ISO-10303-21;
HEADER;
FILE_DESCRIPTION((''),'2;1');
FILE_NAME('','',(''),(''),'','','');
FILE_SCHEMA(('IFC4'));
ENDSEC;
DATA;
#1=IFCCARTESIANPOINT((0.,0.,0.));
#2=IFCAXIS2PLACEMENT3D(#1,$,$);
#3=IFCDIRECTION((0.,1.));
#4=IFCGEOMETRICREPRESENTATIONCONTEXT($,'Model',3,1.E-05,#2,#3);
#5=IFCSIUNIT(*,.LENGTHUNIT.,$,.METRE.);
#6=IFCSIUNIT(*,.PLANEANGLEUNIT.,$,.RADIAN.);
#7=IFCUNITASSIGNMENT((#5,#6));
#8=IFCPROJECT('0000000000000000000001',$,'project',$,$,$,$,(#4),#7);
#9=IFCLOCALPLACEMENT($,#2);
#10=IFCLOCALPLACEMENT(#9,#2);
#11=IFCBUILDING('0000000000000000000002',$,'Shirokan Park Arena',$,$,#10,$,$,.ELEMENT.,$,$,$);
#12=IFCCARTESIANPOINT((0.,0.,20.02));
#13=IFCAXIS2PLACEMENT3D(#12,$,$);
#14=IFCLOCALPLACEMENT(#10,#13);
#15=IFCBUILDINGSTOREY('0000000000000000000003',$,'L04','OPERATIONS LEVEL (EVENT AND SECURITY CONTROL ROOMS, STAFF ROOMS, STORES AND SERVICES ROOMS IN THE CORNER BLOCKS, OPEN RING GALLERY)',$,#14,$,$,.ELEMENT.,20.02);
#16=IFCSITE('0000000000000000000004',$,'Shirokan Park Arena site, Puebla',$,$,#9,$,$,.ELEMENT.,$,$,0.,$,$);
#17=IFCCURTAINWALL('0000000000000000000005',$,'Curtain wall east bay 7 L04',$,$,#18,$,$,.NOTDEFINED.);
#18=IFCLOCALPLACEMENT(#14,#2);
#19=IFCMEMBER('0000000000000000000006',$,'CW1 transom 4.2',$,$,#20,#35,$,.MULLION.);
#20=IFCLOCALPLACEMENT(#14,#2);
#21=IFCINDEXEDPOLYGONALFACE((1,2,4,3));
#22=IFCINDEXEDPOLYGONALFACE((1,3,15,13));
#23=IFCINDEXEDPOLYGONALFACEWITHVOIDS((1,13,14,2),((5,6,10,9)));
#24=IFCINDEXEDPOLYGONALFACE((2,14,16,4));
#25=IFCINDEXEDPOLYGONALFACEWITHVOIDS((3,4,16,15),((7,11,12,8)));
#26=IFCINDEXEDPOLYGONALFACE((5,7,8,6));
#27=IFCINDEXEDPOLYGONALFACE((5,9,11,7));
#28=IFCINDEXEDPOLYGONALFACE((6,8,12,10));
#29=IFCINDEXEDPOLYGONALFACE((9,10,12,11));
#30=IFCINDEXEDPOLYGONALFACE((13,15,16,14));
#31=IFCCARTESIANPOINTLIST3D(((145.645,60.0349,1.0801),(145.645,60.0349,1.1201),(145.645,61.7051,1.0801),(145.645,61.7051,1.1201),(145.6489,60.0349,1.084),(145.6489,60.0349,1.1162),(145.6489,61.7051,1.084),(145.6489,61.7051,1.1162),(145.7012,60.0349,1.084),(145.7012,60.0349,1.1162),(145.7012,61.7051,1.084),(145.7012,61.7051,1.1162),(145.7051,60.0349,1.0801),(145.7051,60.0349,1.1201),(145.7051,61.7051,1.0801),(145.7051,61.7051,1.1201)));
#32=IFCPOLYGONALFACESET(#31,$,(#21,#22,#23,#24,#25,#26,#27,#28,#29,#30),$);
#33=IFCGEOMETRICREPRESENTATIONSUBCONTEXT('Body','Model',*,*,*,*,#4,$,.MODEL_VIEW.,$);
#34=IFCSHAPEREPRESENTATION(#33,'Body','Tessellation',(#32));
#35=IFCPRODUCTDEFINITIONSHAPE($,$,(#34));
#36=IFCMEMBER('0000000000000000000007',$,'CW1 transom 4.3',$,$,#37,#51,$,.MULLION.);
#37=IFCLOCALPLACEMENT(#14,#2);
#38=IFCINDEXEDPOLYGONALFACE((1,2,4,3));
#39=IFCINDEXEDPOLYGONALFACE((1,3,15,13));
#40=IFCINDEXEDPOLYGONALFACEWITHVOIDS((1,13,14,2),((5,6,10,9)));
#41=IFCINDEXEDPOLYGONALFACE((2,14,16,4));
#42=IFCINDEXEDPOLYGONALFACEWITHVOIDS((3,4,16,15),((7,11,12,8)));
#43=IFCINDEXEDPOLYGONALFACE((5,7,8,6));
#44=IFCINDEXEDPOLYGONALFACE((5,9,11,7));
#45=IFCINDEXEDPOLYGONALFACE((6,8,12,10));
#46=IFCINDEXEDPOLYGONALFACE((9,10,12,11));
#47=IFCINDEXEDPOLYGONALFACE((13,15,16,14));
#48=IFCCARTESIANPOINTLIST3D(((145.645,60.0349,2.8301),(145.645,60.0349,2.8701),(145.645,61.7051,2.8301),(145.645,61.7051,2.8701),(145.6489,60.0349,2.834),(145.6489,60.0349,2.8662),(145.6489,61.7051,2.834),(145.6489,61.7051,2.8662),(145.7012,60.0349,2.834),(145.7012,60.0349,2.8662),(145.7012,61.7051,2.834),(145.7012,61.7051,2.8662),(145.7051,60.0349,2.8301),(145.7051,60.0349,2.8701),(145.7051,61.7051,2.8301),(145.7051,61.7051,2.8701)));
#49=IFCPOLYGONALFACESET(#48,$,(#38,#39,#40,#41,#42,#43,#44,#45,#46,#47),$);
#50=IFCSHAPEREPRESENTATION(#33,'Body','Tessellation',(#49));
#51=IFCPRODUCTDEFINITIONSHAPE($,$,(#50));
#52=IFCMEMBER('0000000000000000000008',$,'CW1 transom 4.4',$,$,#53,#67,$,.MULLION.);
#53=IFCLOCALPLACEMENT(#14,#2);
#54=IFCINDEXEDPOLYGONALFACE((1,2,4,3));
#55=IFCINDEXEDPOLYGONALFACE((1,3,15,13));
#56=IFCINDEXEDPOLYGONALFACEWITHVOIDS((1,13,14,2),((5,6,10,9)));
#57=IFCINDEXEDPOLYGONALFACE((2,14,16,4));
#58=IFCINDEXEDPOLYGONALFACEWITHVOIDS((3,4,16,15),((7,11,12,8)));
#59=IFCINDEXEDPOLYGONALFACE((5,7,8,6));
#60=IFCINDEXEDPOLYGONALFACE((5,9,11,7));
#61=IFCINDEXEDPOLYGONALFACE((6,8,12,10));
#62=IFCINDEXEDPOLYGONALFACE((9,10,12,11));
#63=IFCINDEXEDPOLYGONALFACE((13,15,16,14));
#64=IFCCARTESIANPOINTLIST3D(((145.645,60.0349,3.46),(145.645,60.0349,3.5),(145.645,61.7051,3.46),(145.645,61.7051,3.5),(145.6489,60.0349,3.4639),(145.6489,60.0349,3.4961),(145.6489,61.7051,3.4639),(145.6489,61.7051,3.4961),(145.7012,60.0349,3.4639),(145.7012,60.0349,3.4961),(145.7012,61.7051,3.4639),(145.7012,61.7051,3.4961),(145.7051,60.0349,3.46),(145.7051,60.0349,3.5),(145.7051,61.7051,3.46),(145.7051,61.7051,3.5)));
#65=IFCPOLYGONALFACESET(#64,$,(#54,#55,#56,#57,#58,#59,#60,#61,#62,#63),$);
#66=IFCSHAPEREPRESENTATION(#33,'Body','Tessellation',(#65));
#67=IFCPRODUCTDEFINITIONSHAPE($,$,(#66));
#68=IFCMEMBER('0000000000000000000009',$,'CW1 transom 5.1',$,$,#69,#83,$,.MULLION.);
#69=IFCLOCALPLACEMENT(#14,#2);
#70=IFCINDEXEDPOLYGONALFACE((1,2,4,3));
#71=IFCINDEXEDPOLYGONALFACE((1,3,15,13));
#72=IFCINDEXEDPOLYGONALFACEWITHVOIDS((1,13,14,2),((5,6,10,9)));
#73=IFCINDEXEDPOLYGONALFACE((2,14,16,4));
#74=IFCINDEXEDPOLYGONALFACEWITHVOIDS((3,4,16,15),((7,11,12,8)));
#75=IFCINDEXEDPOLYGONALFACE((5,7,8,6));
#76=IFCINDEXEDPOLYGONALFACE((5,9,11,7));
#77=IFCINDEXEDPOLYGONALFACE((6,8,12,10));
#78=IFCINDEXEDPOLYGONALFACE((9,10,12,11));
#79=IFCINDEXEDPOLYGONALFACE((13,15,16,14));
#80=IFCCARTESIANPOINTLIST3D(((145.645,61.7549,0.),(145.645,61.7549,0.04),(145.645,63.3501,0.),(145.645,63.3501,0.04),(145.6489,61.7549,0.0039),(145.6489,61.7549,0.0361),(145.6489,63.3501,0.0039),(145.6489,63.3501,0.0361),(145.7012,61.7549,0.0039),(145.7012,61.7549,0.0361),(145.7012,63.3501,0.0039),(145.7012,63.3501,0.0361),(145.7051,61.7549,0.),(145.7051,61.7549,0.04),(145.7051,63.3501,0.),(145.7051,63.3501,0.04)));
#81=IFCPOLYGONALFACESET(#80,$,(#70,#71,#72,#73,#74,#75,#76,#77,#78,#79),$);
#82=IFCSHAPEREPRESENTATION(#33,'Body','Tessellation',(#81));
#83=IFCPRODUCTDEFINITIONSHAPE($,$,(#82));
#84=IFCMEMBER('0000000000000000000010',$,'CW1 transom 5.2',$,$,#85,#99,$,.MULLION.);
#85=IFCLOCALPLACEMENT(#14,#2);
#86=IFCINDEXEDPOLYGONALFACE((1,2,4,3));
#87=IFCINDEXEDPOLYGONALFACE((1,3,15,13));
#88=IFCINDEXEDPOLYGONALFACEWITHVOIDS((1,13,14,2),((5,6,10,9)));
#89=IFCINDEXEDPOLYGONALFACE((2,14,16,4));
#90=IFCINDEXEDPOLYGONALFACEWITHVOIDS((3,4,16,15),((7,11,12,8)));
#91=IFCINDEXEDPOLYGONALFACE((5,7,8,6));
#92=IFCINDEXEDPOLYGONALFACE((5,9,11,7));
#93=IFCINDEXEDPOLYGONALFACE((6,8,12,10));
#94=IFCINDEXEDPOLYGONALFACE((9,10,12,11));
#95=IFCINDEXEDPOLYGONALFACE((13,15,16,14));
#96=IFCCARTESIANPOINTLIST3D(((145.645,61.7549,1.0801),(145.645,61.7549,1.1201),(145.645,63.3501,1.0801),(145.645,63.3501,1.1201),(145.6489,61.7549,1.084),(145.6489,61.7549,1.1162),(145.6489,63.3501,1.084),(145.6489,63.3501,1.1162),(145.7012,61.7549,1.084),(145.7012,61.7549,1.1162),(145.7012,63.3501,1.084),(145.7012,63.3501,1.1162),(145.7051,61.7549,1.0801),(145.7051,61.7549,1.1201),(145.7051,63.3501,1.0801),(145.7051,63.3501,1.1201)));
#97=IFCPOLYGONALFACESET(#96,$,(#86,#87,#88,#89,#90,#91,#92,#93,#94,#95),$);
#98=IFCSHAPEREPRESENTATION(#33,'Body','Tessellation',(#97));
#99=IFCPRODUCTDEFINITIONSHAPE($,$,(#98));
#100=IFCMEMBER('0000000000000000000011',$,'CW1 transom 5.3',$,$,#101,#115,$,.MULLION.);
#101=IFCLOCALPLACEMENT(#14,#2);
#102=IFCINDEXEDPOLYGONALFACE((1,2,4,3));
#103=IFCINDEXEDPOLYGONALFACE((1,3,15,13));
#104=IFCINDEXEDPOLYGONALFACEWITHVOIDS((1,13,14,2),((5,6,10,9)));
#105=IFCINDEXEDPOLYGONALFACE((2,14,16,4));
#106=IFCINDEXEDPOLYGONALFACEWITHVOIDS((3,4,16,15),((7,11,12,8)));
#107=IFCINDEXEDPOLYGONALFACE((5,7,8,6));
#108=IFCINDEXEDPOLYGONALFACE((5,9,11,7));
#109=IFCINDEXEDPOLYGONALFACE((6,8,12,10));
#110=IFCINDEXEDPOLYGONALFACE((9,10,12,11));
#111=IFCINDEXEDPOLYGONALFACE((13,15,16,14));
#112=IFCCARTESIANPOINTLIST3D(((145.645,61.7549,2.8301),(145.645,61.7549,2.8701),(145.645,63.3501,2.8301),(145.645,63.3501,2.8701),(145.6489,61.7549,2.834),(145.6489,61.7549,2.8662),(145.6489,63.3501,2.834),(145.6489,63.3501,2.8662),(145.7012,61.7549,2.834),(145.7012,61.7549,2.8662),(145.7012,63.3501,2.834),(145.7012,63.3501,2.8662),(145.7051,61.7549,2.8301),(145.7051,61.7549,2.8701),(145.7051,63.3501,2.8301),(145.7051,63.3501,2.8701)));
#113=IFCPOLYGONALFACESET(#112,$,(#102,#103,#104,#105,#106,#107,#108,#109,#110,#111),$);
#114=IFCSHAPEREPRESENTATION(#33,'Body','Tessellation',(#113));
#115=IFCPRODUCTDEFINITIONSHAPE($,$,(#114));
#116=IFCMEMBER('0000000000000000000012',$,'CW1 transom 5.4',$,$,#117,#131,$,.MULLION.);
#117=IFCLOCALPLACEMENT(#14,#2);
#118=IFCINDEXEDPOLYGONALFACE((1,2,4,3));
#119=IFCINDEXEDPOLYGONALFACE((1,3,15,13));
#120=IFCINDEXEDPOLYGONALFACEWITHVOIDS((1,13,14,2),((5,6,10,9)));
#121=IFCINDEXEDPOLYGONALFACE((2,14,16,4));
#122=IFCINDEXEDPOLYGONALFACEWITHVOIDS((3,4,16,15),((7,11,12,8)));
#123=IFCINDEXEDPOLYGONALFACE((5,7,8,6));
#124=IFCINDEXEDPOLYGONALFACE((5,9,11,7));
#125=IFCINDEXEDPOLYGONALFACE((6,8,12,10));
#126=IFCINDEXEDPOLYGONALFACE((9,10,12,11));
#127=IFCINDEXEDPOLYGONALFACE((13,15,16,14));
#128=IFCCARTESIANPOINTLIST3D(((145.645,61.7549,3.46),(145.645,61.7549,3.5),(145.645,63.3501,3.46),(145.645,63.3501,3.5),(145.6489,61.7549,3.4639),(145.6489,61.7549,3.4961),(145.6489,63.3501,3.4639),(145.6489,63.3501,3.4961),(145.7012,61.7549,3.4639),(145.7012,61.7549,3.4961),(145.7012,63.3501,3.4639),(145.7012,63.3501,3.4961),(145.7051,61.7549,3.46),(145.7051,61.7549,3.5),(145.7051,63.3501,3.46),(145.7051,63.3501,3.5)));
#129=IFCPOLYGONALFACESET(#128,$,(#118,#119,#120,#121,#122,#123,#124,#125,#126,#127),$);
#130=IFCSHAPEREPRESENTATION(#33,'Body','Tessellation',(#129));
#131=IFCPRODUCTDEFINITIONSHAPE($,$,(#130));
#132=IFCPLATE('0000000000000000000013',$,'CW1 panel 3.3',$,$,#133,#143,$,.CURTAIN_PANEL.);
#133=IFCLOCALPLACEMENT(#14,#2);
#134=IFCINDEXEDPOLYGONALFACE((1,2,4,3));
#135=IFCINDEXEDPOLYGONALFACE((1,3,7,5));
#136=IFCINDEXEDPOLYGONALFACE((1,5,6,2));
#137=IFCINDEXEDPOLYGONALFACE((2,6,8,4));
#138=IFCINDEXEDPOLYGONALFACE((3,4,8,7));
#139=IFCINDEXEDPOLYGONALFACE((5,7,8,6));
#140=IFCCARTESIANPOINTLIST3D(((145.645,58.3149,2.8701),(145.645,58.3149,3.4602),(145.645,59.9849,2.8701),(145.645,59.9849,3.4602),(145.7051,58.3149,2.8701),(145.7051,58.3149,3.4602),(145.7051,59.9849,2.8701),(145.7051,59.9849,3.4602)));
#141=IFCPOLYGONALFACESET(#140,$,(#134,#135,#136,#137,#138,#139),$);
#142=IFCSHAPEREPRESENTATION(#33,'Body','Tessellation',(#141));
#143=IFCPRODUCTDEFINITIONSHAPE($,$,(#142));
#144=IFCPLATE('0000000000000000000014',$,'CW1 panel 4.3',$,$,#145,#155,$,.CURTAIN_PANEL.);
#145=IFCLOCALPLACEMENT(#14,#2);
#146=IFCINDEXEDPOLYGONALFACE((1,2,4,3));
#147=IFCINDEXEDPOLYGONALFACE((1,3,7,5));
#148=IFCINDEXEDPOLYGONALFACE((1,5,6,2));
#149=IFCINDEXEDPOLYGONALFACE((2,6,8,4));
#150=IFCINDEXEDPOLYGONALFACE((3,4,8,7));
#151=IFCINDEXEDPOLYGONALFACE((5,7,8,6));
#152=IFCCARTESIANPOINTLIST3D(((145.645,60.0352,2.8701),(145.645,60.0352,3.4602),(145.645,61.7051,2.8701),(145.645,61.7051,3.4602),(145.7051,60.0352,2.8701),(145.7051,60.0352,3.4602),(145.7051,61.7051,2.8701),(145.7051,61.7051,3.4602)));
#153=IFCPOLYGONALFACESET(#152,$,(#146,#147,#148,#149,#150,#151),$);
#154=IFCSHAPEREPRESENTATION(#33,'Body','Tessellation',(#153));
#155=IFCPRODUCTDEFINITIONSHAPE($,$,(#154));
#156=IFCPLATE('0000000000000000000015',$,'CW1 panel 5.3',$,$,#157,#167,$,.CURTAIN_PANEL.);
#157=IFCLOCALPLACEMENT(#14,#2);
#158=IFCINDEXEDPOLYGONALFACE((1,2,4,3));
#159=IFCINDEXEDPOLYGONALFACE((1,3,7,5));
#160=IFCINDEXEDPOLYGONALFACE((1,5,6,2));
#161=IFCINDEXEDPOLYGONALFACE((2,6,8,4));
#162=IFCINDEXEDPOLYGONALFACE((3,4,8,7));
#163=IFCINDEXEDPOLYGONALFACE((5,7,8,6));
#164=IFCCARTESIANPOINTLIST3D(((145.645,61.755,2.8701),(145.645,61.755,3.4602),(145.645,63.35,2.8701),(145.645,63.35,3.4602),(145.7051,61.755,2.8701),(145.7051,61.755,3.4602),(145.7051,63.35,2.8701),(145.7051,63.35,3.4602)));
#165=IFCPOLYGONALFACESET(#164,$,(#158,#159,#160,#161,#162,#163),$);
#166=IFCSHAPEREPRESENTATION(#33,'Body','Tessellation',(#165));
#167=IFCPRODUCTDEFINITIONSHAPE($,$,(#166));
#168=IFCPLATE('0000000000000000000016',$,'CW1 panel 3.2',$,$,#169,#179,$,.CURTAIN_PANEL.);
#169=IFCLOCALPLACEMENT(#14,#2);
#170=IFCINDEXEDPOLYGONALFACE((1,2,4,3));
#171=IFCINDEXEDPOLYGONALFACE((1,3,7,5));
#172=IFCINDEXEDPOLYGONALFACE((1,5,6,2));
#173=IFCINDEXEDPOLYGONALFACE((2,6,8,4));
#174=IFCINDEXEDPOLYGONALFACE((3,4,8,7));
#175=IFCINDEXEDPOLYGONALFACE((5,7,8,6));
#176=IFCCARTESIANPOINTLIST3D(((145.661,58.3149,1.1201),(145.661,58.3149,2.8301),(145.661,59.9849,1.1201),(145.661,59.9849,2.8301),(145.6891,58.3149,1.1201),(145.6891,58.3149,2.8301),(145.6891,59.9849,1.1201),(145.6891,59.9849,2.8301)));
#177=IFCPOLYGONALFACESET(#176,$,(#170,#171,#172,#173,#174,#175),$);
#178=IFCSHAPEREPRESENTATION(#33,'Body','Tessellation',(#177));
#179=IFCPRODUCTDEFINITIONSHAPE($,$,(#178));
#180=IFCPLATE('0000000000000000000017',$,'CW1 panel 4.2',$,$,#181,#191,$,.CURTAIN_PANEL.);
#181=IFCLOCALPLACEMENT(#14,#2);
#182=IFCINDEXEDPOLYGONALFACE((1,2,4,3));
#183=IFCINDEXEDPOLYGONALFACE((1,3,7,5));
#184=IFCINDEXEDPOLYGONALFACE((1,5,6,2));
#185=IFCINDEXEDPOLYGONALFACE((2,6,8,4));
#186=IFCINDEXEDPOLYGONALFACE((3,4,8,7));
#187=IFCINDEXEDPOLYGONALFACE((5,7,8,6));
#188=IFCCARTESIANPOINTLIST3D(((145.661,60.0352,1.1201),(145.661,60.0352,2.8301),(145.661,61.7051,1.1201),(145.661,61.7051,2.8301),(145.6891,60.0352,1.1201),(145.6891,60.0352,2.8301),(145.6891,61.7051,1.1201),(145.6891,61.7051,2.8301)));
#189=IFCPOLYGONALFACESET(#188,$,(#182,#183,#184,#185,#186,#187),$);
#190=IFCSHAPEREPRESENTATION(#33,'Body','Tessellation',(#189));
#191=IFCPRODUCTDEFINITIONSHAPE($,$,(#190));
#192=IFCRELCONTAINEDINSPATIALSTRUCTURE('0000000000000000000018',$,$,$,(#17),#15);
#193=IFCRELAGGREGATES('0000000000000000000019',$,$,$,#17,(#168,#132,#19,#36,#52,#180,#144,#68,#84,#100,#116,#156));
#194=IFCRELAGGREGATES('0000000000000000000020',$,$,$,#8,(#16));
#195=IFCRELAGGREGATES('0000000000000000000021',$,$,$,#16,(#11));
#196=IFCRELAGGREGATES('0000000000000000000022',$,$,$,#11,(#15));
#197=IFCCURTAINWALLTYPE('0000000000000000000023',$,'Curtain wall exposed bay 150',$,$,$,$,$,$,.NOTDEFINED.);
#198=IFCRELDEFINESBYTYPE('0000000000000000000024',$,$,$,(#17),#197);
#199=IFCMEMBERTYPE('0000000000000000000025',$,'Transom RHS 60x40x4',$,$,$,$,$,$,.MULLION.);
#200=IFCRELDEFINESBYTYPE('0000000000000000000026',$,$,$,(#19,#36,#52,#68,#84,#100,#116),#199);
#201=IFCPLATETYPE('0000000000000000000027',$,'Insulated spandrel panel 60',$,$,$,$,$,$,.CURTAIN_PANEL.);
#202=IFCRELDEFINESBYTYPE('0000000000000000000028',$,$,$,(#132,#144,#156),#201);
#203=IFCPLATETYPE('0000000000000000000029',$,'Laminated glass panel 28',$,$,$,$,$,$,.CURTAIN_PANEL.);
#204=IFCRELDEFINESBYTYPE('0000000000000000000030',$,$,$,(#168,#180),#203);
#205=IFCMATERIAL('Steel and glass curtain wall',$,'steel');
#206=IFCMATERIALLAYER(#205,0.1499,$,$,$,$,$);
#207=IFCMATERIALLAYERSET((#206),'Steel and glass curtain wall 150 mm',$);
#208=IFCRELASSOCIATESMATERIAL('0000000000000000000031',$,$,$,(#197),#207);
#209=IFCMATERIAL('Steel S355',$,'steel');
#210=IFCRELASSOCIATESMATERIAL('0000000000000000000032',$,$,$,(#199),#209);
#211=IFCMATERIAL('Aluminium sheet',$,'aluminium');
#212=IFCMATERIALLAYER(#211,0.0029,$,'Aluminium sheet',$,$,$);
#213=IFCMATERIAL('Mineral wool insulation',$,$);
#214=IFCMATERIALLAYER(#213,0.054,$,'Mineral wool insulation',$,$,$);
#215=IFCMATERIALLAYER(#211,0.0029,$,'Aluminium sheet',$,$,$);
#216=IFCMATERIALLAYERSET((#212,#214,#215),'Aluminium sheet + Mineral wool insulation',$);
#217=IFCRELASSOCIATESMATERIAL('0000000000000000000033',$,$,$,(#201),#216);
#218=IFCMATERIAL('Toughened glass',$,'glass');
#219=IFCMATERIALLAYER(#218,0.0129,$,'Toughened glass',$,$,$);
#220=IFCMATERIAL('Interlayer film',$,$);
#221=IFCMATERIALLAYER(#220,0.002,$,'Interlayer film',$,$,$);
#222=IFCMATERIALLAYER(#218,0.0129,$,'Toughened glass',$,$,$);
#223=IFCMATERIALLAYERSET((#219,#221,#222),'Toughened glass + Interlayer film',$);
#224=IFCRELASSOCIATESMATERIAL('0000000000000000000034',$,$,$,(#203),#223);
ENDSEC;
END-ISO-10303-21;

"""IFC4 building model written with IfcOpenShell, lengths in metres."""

from ifc_helpers import new_model, si_unit, direction, frame, origin, origin_2d, place, context, subcontext, project, spatial, rectangle, hollow_rectangle, extrude, material, layer, layer_set, material_profile, profile_set, type_object, element, aggregate, save


model = new_model("IFC4")

# Units and contexts
model_context = context("Model", 3, precision=1e-05, world=origin(), true_north=direction((0.0, 1.0)))
body_context = subcontext(model_context, "Body", "Model", "MODEL_VIEW")
ifc_project = project(units=[si_unit("LENGTHUNIT", "METRE"), si_unit("PLANEANGLEUNIT", "RADIAN")], contexts=[model_context])

# Site, building, storey
site_placement = place(None, origin())
site = spatial("IfcSite", under=ifc_project, at=site_placement, Name="Shirokan Park Arena site, Puebla", CompositionType="ELEMENT", RefElevation=0.0)
building_placement = place(site_placement, origin())
building = spatial("IfcBuilding", under=site, at=building_placement, Name="Shirokan Park Arena", CompositionType="ELEMENT")
storey_placement = place(building_placement, frame((0.0, 0.0, 20.02)))
storey = spatial("IfcBuildingStorey", under=building, at=storey_placement, Name="L04", Description="OPERATIONS LEVEL (EVENT AND SECURITY CONTROL ROOMS, STAFF ROOMS, STORES AND SERVICES ROOMS IN THE CORNER BLOCKS, OPEN RING GALLERY)", CompositionType="ELEMENT", Elevation=20.02)

# Curtain wall
ifc_material_1 = material(Name="Steel and glass curtain wall", Category="steel")
ifc_layer_1 = layer(ifc_material_1, 0.1499)
ifc_layer_set_1 = layer_set([ifc_layer_1], Name="Steel and glass curtain wall 150 mm")
curtain_wall_type = type_object("IfcCurtainWallType", Name="Curtain wall exposed bay 150", PredefinedType="NOTDEFINED", material=ifc_layer_set_1)
curtain_wall_placement = place(storey_placement, origin())
curtain_wall = element("IfcCurtainWall", 1, at=curtain_wall_placement, inside=storey, type_object=curtain_wall_type, Name="Curtain wall east bay 7 L04", PredefinedType="NOTDEFINED")
ifc_material_2 = material(Name="Steel S355", Category="steel")

# Members
ifc_material_profile_1 = material_profile(ifc_material_2, hollow_rectangle(XDim=0.0601, YDim=0.04, WallThickness=0.0039, at=origin_2d()), Name="RHS 60x40x4")
ifc_profile_set_1 = profile_set([ifc_material_profile_1], Name="Steel S355")
member_type_1 = type_object("IfcMemberType", Name="Transom RHS 60x40x4", PredefinedType="MULLION", material=ifc_profile_set_1)
member_1_placement = place(storey_placement, frame((145.675, 60.0349, 1.1001), z_axis=(0.0, 1.0, 0.0), x_axis=(-1.0, 0.0, 0.0)))
member_1 = element("IfcMember", 2, at=member_1_placement, type_object=member_type_1, Name="CW1 transom 4.2", PredefinedType="MULLION", context=body_context, shape_type="SweptSolid", body=[
    extrude(hollow_rectangle(XDim=0.0601, YDim=0.04, WallThickness=0.0039, at=origin_2d()), origin(), (0.0, 0.0, 1.0), 1.6702),
])
member_2_placement = place(storey_placement, frame((145.675, 60.0349, 2.8501), z_axis=(0.0, 1.0, 0.0), x_axis=(-1.0, 0.0, 0.0)))
member_2 = element("IfcMember", 3, at=member_2_placement, type_object=member_type_1, Name="CW1 transom 4.3", PredefinedType="MULLION", context=body_context, shape_type="SweptSolid", body=[
    extrude(hollow_rectangle(XDim=0.0601, YDim=0.04, WallThickness=0.0039, at=origin_2d()), origin(), (0.0, 0.0, 1.0), 1.6702),
])
member_3_placement = place(storey_placement, frame((145.675, 60.0349, 3.48), z_axis=(0.0, 1.0, 0.0), x_axis=(-1.0, 0.0, 0.0)))
member_3 = element("IfcMember", 4, at=member_3_placement, type_object=member_type_1, Name="CW1 transom 4.4", PredefinedType="MULLION", context=body_context, shape_type="SweptSolid", body=[
    extrude(hollow_rectangle(XDim=0.0601, YDim=0.04, WallThickness=0.0039, at=origin_2d()), origin(), (0.0, 0.0, 1.0), 1.6702),
])
member_4_placement = place(storey_placement, frame((145.675, 61.7549, 0.02), z_axis=(0.0, 1.0, 0.0), x_axis=(-1.0, 0.0, 0.0)))
member_4 = element("IfcMember", 5, at=member_4_placement, type_object=member_type_1, Name="CW1 transom 5.1", PredefinedType="MULLION", context=body_context, shape_type="SweptSolid", body=[
    extrude(hollow_rectangle(XDim=0.0601, YDim=0.04, WallThickness=0.0039, at=origin_2d()), origin(), (0.0, 0.0, 1.0), 1.5952),
])
member_5_placement = place(storey_placement, frame((145.675, 61.7549, 1.1001), z_axis=(0.0, 1.0, 0.0), x_axis=(-1.0, 0.0, 0.0)))
member_5 = element("IfcMember", 6, at=member_5_placement, type_object=member_type_1, Name="CW1 transom 5.2", PredefinedType="MULLION", context=body_context, shape_type="SweptSolid", body=[
    extrude(hollow_rectangle(XDim=0.0601, YDim=0.04, WallThickness=0.0039, at=origin_2d()), origin(), (0.0, 0.0, 1.0), 1.5952),
])
member_6_placement = place(storey_placement, frame((145.675, 61.7549, 2.8501), z_axis=(0.0, 1.0, 0.0), x_axis=(-1.0, 0.0, 0.0)))
member_6 = element("IfcMember", 7, at=member_6_placement, type_object=member_type_1, Name="CW1 transom 5.3", PredefinedType="MULLION", context=body_context, shape_type="SweptSolid", body=[
    extrude(hollow_rectangle(XDim=0.0601, YDim=0.04, WallThickness=0.0039, at=origin_2d()), origin(), (0.0, 0.0, 1.0), 1.5952),
])
member_7_placement = place(storey_placement, frame((145.675, 61.7549, 3.48), z_axis=(0.0, 1.0, 0.0), x_axis=(-1.0, 0.0, 0.0)))
member_7 = element("IfcMember", 8, at=member_7_placement, type_object=member_type_1, Name="CW1 transom 5.4", PredefinedType="MULLION", context=body_context, shape_type="SweptSolid", body=[
    extrude(hollow_rectangle(XDim=0.0601, YDim=0.04, WallThickness=0.0039, at=origin_2d()), origin(), (0.0, 0.0, 1.0), 1.5952),
])

# Plates
ifc_material_3 = material(Name="Aluminium sheet", Category="aluminium")
ifc_layer_2 = layer(ifc_material_3, 0.0029, Name="Aluminium sheet")
ifc_material_4 = material(Name="Mineral wool insulation")
ifc_layer_3 = layer(ifc_material_4, 0.054, Name="Mineral wool insulation")
ifc_layer_4 = layer(ifc_material_3, 0.0029, Name="Aluminium sheet")
ifc_layer_set_2 = layer_set([ifc_layer_2, ifc_layer_3, ifc_layer_4], Name="Aluminium sheet + Mineral wool insulation")
plate_type_1 = type_object("IfcPlateType", Name="Insulated spandrel panel 60", PredefinedType="CURTAIN_PANEL", material=ifc_layer_set_2)
plate_1_placement = place(storey_placement, frame((145.675, 59.1499, 2.8701), z_axis=(0.0, 0.0, 1.0), x_axis=(0.0, 1.0, 0.0)))
plate_1 = element("IfcPlate", 9, at=plate_1_placement, type_object=plate_type_1, Name="CW1 panel 3.3", PredefinedType="CURTAIN_PANEL", context=body_context, shape_type="SweptSolid", body=[
    extrude(rectangle(XDim=1.6699, YDim=0.0601, at=origin_2d()), origin(), (0.0, 0.0, 1.0), 0.5901),
])
plate_2_placement = place(storey_placement, frame((145.675, 60.8701, 2.8701), z_axis=(0.0, 0.0, 1.0), x_axis=(0.0, 1.0, 0.0)))
plate_2 = element("IfcPlate", 10, at=plate_2_placement, type_object=plate_type_1, Name="CW1 panel 4.3", PredefinedType="CURTAIN_PANEL", context=body_context, shape_type="SweptSolid", body=[
    extrude(rectangle(XDim=1.6699, YDim=0.0601, at=origin_2d()), origin(), (0.0, 0.0, 1.0), 0.5901),
])
plate_3_placement = place(storey_placement, frame((145.675, 62.5525, 2.8701), z_axis=(0.0, 0.0, 1.0), x_axis=(0.0, 1.0, 0.0)))
plate_3 = element("IfcPlate", 11, at=plate_3_placement, type_object=plate_type_1, Name="CW1 panel 5.3", PredefinedType="CURTAIN_PANEL", context=body_context, shape_type="SweptSolid", body=[
    extrude(rectangle(XDim=1.595, YDim=0.0601, at=origin_2d()), origin(), (0.0, 0.0, 1.0), 0.5901),
])
ifc_material_5 = material(Name="Toughened glass", Category="glass")
ifc_layer_5 = layer(ifc_material_5, 0.0129, Name="Toughened glass")
ifc_material_6 = material(Name="Interlayer film")
ifc_layer_6 = layer(ifc_material_6, 0.002, Name="Interlayer film")
ifc_layer_7 = layer(ifc_material_5, 0.0129, Name="Toughened glass")
ifc_layer_set_3 = layer_set([ifc_layer_5, ifc_layer_6, ifc_layer_7], Name="Toughened glass + Interlayer film")
plate_type_2 = type_object("IfcPlateType", Name="Laminated glass panel 28", PredefinedType="CURTAIN_PANEL", material=ifc_layer_set_3)
plate_4_placement = place(storey_placement, frame((145.675, 59.1499, 1.1201), z_axis=(0.0, 0.0, 1.0), x_axis=(0.0, 1.0, 0.0)))
plate_4 = element("IfcPlate", 12, at=plate_4_placement, type_object=plate_type_2, Name="CW1 panel 3.2", PredefinedType="CURTAIN_PANEL", context=body_context, shape_type="SweptSolid", body=[
    extrude(rectangle(XDim=1.6699, YDim=0.0281, at=origin_2d()), origin(), (0.0, 0.0, 1.0), 1.71),
])
plate_5_placement = place(storey_placement, frame((145.675, 60.8701, 1.1201), z_axis=(0.0, 0.0, 1.0), x_axis=(0.0, 1.0, 0.0)))
plate_5 = element("IfcPlate", 13, at=plate_5_placement, type_object=plate_type_2, Name="CW1 panel 4.2", PredefinedType="CURTAIN_PANEL", context=body_context, shape_type="SweptSolid", body=[
    extrude(rectangle(XDim=1.6699, YDim=0.0281, at=origin_2d()), origin(), (0.0, 0.0, 1.0), 1.71),
])
aggregate(curtain_wall, [plate_4, plate_1, member_1, member_2, member_3, plate_5, plate_2, member_4, member_5, member_6, member_7, plate_3])

save(model, "model.ifc")
